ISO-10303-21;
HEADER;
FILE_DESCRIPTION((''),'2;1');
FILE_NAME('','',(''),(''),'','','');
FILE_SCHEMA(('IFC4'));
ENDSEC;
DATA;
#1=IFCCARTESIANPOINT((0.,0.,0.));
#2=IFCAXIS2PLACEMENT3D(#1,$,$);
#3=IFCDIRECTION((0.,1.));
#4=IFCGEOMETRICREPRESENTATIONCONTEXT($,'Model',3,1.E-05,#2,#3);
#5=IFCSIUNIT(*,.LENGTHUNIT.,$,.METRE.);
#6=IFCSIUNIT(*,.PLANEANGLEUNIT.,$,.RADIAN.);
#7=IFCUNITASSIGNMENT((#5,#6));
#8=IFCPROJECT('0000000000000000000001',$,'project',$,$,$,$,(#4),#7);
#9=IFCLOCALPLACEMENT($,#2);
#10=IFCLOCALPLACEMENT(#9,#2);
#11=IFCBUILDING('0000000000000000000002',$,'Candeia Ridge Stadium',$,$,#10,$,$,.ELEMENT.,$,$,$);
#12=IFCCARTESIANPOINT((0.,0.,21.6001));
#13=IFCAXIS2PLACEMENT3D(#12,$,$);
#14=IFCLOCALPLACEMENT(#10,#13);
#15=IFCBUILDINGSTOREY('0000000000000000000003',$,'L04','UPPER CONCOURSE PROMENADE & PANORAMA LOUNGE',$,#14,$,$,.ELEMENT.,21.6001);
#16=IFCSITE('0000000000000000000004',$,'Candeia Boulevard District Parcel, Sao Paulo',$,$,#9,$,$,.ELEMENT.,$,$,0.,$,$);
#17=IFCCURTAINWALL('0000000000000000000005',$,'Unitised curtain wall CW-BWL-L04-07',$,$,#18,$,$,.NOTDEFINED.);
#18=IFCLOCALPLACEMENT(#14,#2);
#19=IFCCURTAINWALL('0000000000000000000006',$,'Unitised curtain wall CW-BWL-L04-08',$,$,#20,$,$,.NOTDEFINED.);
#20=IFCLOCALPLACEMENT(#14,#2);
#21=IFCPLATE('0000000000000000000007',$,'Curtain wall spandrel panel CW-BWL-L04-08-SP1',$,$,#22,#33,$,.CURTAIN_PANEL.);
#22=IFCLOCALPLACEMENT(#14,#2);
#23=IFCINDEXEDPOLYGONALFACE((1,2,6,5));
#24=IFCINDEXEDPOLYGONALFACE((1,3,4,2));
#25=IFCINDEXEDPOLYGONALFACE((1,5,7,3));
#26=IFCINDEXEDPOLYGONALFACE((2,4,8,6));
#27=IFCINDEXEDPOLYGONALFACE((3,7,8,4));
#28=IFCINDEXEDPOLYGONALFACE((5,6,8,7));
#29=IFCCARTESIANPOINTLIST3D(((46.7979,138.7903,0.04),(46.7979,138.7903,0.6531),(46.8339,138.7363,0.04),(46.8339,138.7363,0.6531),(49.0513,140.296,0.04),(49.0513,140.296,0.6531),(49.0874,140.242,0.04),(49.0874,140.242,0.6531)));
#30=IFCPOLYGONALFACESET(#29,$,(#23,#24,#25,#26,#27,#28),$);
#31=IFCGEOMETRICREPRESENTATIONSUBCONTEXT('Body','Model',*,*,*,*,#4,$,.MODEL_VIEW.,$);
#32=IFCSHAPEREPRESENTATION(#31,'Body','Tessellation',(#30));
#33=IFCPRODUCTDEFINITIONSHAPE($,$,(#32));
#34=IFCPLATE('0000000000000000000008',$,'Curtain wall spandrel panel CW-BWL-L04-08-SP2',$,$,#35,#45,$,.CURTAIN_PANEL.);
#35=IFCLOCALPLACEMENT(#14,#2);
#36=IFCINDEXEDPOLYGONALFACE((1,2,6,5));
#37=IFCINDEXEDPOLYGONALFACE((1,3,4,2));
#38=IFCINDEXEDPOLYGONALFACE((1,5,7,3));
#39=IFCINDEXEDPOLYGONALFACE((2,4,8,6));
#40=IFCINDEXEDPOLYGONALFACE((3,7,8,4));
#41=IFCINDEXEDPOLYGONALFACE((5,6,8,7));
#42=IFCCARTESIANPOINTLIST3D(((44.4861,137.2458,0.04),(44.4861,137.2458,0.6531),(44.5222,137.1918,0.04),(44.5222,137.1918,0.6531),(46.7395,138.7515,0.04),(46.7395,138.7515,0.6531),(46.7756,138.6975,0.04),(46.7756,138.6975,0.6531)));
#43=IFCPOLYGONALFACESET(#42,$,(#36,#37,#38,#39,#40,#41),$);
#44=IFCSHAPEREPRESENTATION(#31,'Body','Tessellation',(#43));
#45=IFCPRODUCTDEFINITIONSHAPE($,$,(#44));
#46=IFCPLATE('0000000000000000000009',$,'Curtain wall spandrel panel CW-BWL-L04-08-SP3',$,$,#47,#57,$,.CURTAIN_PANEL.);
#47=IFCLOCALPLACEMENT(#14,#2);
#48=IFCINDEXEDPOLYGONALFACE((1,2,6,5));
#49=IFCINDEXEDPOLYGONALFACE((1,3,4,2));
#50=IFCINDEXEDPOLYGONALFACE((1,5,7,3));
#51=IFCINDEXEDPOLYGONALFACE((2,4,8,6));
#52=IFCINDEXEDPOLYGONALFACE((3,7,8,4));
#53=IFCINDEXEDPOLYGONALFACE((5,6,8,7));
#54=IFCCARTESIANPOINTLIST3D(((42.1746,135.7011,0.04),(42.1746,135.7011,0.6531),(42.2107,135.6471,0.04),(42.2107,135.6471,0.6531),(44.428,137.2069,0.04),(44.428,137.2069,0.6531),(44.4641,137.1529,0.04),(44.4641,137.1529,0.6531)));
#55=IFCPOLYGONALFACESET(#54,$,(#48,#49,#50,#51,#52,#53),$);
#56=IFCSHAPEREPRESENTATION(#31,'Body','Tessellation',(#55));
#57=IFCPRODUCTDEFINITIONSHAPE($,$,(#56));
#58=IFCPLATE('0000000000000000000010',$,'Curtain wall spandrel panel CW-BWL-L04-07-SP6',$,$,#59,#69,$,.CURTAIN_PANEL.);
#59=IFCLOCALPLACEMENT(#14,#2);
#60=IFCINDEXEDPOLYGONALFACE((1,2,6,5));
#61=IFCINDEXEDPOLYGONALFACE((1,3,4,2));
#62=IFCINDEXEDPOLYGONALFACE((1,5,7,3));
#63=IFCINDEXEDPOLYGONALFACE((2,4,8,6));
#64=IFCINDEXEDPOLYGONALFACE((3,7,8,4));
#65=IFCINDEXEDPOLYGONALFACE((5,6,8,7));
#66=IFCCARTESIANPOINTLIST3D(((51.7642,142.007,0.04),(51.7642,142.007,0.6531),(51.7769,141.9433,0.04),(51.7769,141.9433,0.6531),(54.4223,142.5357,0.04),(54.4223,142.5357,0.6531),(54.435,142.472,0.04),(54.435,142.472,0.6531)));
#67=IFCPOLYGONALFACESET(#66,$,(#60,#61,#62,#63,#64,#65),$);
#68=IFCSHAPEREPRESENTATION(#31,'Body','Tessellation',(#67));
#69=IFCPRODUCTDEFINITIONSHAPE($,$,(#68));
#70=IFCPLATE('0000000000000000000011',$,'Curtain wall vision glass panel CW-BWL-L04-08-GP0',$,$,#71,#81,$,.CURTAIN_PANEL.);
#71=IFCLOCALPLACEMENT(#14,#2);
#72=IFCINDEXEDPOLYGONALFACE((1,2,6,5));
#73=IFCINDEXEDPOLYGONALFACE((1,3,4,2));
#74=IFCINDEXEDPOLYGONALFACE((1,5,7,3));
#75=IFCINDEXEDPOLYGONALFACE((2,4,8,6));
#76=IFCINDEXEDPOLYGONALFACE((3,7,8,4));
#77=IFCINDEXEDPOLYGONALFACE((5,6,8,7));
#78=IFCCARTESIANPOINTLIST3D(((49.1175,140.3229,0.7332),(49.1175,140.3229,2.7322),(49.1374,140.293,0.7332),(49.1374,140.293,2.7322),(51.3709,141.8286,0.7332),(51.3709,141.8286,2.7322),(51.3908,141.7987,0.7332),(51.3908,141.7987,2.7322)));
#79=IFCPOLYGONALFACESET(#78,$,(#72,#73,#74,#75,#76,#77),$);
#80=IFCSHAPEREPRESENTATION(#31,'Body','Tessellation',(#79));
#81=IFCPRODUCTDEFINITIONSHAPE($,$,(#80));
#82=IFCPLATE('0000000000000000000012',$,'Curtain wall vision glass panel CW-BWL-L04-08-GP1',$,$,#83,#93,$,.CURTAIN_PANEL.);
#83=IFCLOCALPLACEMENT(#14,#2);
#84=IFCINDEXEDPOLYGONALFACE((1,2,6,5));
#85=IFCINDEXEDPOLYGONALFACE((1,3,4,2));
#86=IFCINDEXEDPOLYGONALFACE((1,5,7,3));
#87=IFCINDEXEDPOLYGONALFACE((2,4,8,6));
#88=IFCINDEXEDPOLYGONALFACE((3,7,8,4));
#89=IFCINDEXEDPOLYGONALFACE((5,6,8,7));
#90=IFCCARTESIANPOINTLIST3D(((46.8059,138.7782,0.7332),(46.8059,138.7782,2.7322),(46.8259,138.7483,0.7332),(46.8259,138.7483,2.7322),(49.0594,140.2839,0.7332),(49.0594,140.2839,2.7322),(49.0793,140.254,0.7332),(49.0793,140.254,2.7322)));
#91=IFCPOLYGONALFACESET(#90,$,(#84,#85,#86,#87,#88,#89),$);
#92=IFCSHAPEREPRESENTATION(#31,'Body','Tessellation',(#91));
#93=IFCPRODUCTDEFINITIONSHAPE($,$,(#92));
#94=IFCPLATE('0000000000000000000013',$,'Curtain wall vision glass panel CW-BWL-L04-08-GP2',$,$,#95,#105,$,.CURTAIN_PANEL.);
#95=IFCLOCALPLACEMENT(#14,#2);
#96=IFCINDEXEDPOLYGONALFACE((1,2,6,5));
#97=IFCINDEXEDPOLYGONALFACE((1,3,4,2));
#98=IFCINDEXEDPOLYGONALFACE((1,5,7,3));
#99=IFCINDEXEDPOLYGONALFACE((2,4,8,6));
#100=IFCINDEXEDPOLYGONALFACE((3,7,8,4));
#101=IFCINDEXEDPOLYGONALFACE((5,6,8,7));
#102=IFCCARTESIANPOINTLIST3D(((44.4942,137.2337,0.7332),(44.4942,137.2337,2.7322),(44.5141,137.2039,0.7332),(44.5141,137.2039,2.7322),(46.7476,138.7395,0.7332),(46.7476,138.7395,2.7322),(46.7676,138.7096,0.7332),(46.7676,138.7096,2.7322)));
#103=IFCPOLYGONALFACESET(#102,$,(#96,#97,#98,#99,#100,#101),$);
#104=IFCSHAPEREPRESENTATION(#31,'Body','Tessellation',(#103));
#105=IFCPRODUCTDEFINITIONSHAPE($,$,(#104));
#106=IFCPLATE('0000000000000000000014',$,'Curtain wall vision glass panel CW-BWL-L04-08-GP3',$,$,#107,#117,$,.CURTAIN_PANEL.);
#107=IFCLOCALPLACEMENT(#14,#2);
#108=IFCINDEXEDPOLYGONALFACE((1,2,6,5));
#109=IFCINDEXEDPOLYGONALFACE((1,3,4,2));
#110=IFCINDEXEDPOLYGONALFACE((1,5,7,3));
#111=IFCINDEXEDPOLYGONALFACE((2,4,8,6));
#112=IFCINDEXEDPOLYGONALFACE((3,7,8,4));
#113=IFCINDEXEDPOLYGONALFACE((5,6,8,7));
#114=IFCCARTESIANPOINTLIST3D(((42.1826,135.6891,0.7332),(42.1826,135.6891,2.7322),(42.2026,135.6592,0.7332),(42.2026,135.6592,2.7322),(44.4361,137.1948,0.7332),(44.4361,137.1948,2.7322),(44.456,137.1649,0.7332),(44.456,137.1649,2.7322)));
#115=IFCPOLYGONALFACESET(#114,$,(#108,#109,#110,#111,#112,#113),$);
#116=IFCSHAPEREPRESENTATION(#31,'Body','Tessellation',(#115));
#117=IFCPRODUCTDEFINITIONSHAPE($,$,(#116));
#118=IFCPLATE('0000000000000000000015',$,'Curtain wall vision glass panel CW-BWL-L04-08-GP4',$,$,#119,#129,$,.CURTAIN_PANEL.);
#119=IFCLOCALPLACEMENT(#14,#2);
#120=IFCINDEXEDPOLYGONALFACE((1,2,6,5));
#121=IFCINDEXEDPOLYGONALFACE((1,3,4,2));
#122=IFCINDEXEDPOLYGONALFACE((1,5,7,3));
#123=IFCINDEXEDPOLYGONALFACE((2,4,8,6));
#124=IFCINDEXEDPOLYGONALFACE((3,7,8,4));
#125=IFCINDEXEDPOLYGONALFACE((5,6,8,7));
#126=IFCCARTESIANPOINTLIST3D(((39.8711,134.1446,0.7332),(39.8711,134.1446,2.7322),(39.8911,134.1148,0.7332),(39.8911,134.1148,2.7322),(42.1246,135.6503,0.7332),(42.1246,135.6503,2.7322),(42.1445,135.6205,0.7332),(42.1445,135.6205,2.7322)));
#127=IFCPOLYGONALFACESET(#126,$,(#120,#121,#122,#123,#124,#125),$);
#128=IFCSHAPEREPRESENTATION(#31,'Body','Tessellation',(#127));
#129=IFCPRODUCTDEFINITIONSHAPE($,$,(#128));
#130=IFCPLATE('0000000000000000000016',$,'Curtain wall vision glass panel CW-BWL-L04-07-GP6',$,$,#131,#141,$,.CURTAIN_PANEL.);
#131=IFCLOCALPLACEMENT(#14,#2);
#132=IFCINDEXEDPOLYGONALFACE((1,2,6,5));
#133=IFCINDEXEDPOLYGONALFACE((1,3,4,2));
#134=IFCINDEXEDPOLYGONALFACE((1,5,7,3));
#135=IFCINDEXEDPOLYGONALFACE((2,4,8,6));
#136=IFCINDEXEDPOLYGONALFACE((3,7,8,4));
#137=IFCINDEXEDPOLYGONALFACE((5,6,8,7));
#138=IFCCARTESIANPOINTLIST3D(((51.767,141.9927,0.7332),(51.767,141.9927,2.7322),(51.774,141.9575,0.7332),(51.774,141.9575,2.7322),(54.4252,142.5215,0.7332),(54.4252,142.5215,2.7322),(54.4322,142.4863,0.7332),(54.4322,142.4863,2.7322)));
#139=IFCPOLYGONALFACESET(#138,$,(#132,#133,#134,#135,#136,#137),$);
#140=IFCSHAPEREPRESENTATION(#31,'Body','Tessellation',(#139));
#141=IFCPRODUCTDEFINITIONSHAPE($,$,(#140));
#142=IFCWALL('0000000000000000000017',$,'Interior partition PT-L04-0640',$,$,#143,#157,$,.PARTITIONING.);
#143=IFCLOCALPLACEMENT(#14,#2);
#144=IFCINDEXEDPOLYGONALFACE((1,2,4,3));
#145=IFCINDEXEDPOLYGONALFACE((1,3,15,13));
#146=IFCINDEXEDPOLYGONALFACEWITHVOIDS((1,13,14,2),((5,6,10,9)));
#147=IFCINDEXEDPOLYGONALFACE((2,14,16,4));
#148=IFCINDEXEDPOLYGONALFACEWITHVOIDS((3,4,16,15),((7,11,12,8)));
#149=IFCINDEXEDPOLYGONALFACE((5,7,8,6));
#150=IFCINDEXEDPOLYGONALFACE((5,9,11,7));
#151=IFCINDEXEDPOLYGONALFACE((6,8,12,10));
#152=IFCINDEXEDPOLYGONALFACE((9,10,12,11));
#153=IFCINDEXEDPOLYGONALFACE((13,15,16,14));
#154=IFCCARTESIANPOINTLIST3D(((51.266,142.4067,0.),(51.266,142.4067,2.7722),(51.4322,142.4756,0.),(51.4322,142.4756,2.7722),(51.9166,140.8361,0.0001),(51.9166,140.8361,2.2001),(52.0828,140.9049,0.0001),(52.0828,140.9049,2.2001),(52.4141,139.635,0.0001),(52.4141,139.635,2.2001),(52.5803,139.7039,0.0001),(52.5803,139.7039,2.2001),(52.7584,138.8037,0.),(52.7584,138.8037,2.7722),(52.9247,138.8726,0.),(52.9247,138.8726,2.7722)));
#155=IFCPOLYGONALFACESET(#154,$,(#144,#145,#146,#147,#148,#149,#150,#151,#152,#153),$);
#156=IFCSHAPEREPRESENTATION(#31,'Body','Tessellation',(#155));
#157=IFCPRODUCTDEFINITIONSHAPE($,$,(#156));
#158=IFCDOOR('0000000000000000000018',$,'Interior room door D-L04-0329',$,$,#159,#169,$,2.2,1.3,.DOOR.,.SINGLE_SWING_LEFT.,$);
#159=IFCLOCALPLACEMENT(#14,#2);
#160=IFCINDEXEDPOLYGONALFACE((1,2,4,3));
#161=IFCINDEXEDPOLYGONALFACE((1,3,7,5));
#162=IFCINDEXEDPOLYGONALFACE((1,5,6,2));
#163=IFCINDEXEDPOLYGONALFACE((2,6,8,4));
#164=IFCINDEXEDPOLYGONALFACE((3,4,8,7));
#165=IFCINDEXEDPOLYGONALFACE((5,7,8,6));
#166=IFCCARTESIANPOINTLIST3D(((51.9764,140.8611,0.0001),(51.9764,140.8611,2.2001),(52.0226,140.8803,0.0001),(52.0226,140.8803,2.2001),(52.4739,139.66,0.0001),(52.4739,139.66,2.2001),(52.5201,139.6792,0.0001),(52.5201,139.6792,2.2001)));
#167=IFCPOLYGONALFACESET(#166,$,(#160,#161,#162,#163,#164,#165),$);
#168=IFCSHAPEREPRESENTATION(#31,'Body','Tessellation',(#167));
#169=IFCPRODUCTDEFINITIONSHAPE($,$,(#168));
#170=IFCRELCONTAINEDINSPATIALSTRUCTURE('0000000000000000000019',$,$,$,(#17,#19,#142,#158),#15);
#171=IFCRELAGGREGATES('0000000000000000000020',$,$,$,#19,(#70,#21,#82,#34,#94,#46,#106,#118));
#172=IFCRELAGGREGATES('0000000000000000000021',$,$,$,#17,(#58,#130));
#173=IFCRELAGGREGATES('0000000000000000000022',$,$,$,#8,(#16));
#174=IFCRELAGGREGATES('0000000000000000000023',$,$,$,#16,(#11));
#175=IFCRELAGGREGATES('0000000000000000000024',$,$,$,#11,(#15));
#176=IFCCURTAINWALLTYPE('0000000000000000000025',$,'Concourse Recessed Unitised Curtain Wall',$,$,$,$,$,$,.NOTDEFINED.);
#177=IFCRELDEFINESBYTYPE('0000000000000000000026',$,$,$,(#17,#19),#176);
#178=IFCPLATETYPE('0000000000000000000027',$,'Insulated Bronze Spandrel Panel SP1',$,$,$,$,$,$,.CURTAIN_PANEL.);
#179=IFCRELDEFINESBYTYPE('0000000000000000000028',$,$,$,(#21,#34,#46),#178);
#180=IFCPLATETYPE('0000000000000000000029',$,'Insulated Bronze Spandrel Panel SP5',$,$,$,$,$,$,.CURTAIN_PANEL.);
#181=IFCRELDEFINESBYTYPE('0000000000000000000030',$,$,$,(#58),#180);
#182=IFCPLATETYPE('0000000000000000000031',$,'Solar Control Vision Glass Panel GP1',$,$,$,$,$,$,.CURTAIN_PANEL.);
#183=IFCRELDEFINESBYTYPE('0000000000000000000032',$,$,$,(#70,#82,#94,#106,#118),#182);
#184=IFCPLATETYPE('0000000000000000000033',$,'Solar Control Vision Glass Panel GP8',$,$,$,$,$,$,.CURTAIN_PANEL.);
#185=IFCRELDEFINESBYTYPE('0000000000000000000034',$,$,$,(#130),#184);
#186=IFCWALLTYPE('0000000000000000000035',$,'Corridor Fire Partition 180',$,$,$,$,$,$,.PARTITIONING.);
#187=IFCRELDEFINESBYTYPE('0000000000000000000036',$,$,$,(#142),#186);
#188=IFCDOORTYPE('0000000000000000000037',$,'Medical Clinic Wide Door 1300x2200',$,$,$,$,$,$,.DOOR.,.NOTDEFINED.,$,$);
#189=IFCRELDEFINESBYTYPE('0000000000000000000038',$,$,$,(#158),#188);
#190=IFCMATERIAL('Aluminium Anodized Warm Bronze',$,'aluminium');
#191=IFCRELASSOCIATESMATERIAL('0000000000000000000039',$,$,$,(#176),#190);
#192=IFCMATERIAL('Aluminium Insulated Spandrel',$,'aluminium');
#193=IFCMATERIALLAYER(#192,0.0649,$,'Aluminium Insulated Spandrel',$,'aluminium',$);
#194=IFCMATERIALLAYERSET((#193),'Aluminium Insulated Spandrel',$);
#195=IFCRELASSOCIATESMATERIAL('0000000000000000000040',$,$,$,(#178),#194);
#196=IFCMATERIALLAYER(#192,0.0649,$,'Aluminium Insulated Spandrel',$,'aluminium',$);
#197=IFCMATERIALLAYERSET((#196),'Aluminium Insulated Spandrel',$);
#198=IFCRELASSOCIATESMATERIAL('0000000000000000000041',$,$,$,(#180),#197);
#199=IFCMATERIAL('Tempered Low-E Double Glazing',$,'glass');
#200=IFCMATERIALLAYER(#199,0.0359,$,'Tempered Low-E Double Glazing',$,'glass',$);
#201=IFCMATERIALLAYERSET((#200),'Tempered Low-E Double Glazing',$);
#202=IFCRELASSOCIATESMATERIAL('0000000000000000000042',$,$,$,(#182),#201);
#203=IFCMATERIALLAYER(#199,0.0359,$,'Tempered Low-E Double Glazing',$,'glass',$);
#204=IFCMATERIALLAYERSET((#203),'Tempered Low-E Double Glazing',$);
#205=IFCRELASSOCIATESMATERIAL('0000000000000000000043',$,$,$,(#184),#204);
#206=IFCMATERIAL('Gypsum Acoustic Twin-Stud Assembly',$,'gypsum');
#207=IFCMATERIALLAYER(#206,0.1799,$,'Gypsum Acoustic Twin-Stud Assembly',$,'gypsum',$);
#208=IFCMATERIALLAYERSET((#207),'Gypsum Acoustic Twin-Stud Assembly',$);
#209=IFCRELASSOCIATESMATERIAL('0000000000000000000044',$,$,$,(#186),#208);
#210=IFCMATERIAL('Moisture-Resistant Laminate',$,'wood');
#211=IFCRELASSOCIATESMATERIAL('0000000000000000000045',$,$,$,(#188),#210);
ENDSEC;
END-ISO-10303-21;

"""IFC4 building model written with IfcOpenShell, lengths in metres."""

from ifc_helpers import new_model, si_unit, direction, frame, frame_2d, origin, origin_2d, place, context, subcontext, project, spatial, rectangle, extrude, material, layer, layer_set, type_object, element, fill, aggregate, save


model = new_model("IFC4")

# Units and contexts
model_context = context("Model", 3, precision=1e-05, world=origin(), true_north=direction((0.0, 1.0)))
body_context = subcontext(model_context, "Body", "Model", "MODEL_VIEW")
ifc_project = project(units=[si_unit("LENGTHUNIT", "METRE"), si_unit("PLANEANGLEUNIT", "RADIAN")], contexts=[model_context])

# Site, building, storey
site_placement = place(None, origin())
site = spatial("IfcSite", under=ifc_project, at=site_placement, Name="Candeia Boulevard District Parcel, Sao Paulo", CompositionType="ELEMENT", RefElevation=0.0)
building_placement = place(site_placement, origin())
building = spatial("IfcBuilding", under=site, at=building_placement, Name="Candeia Ridge Stadium", CompositionType="ELEMENT")
storey_placement = place(building_placement, frame((0.0, 0.0, 21.6001)))
storey = spatial("IfcBuildingStorey", under=building, at=storey_placement, Name="L04", Description="UPPER CONCOURSE PROMENADE & PANORAMA LOUNGE", CompositionType="ELEMENT", Elevation=21.6001)

# Curtain wall
ifc_material_1 = material(Name="Aluminium Anodized Warm Bronze", Category="aluminium")
curtain_wall_type = type_object("IfcCurtainWallType", Name="Concourse Recessed Unitised Curtain Wall", PredefinedType="NOTDEFINED", material=ifc_material_1)
curtain_wall_1_placement = place(storey_placement, origin())
curtain_wall_1 = element("IfcCurtainWall", 1, at=curtain_wall_1_placement, inside=storey, type_object=curtain_wall_type, Name="Unitised curtain wall CW-BWL-L04-07", PredefinedType="NOTDEFINED")

# Curtain wall
curtain_wall_2_placement = place(storey_placement, origin())
curtain_wall_2 = element("IfcCurtainWall", 2, at=curtain_wall_2_placement, inside=storey, type_object=curtain_wall_type, Name="Unitised curtain wall CW-BWL-L04-08", PredefinedType="NOTDEFINED")

# Plates
ifc_material_2 = material(Name="Aluminium Insulated Spandrel", Category="aluminium")
ifc_layer_1 = layer(ifc_material_2, 0.0649, Name="Aluminium Insulated Spandrel", Category="aluminium")
ifc_layer_set_1 = layer_set([ifc_layer_1], Name="Aluminium Insulated Spandrel")
plate_type_1 = type_object("IfcPlateType", Name="Insulated Bronze Spandrel Panel SP1", PredefinedType="CURTAIN_PANEL", material=ifc_layer_set_1)
plate_1_placement = place(storey_placement, frame((47.9426, 139.5161, 0.04), z_axis=(0.0, 0.0, 1.0), x_axis=(-0.831469, -0.555571, 0.0)))
plate_1 = element("IfcPlate", 3, at=plate_1_placement, type_object=plate_type_1, Name="Curtain wall spandrel panel CW-BWL-L04-08-SP1", PredefinedType="CURTAIN_PANEL", context=body_context, shape_type="SweptSolid", body=[
    extrude(rectangle(XDim=2.7102, YDim=0.0649, at=origin_2d()), origin(), (0.0, 0.0, 1.0), 0.613),
])
plate_2_placement = place(storey_placement, frame((45.6309, 137.9717, 0.04), z_axis=(0.0, 0.0, 1.0), x_axis=(-0.831469, -0.555571, 0.0)))
plate_2 = element("IfcPlate", 4, at=plate_2_placement, type_object=plate_type_1, Name="Curtain wall spandrel panel CW-BWL-L04-08-SP2", PredefinedType="CURTAIN_PANEL", context=body_context, shape_type="SweptSolid", body=[
    extrude(rectangle(XDim=2.7102, YDim=0.0649, at=origin_2d()), origin(), (0.0, 0.0, 1.0), 0.613),
])
plate_3_placement = place(storey_placement, frame((43.3193, 136.427, 0.04), z_axis=(0.0, 0.0, 1.0), x_axis=(-0.831469, -0.555571, 0.0)))
plate_3 = element("IfcPlate", 5, at=plate_3_placement, type_object=plate_type_1, Name="Curtain wall spandrel panel CW-BWL-L04-08-SP3", PredefinedType="CURTAIN_PANEL", context=body_context, shape_type="SweptSolid", body=[
    extrude(rectangle(XDim=2.7102, YDim=0.0649, at=origin_2d()), origin(), (0.0, 0.0, 1.0), 0.613),
])
ifc_layer_2 = layer(ifc_material_2, 0.0649, Name="Aluminium Insulated Spandrel", Category="aluminium")
ifc_layer_set_2 = layer_set([ifc_layer_2], Name="Aluminium Insulated Spandrel")
plate_type_2 = type_object("IfcPlateType", Name="Insulated Bronze Spandrel Panel SP5", PredefinedType="CURTAIN_PANEL", material=ifc_layer_set_2)
plate_4_placement = place(storey_placement, frame((53.0996, 142.2395, 0.04), z_axis=(0.0, 0.0, 1.0), x_axis=(-0.980785, -0.19509, 0.0)))
plate_4 = element("IfcPlate", 6, at=plate_4_placement, type_object=plate_type_2, Name="Curtain wall spandrel panel CW-BWL-L04-07-SP6", PredefinedType="CURTAIN_PANEL", context=body_context, shape_type="SweptSolid", body=[
    extrude(rectangle(XDim=2.7102, YDim=0.0649, at=origin_2d()), origin(), (0.0, 0.0, 1.0), 0.613),
])
ifc_material_3 = material(Name="Tempered Low-E Double Glazing", Category="glass")
ifc_layer_3 = layer(ifc_material_3, 0.0359, Name="Tempered Low-E Double Glazing", Category="glass")
ifc_layer_set_3 = layer_set([ifc_layer_3], Name="Tempered Low-E Double Glazing")
plate_type_3 = type_object("IfcPlateType", Name="Solar Control Vision Glass Panel GP1", PredefinedType="CURTAIN_PANEL", material=ifc_layer_set_3)
plate_5_placement = place(storey_placement, frame((50.2542, 141.0608, 0.7332), z_axis=(0.0, 0.0, 1.0), x_axis=(-0.831469, -0.555571, 0.0)))
plate_5 = element("IfcPlate", 7, at=plate_5_placement, type_object=plate_type_3, Name="Curtain wall vision glass panel CW-BWL-L04-08-GP0", PredefinedType="CURTAIN_PANEL", context=body_context, shape_type="SweptSolid", body=[
    extrude(rectangle(XDim=2.7102, YDim=0.0359, at=origin_2d()), origin(), (0.0, 0.0, 1.0), 1.999),
])
plate_6_placement = place(storey_placement, frame((47.9426, 139.5161, 0.7332), z_axis=(0.0, 0.0, 1.0), x_axis=(-0.831469, -0.555571, 0.0)))
plate_6 = element("IfcPlate", 8, at=plate_6_placement, type_object=plate_type_3, Name="Curtain wall vision glass panel CW-BWL-L04-08-GP1", PredefinedType="CURTAIN_PANEL", context=body_context, shape_type="SweptSolid", body=[
    extrude(rectangle(XDim=2.7102, YDim=0.0359, at=origin_2d()), origin(), (0.0, 0.0, 1.0), 1.999),
])
plate_7_placement = place(storey_placement, frame((45.6309, 137.9717, 0.7332), z_axis=(0.0, 0.0, 1.0), x_axis=(-0.831469, -0.555571, 0.0)))
plate_7 = element("IfcPlate", 9, at=plate_7_placement, type_object=plate_type_3, Name="Curtain wall vision glass panel CW-BWL-L04-08-GP2", PredefinedType="CURTAIN_PANEL", context=body_context, shape_type="SweptSolid", body=[
    extrude(rectangle(XDim=2.7102, YDim=0.0359, at=origin_2d()), origin(), (0.0, 0.0, 1.0), 1.999),
])
plate_8_placement = place(storey_placement, frame((43.3193, 136.427, 0.7332), z_axis=(0.0, 0.0, 1.0), x_axis=(-0.831469, -0.555571, 0.0)))
plate_8 = element("IfcPlate", 10, at=plate_8_placement, type_object=plate_type_3, Name="Curtain wall vision glass panel CW-BWL-L04-08-GP3", PredefinedType="CURTAIN_PANEL", context=body_context, shape_type="SweptSolid", body=[
    extrude(rectangle(XDim=2.7102, YDim=0.0359, at=origin_2d()), origin(), (0.0, 0.0, 1.0), 1.999),
])
plate_9_placement = place(storey_placement, frame((41.0078, 134.8826, 0.7332), z_axis=(0.0, 0.0, 1.0), x_axis=(-0.831469, -0.555571, 0.0)))
plate_9 = element("IfcPlate", 11, at=plate_9_placement, type_object=plate_type_3, Name="Curtain wall vision glass panel CW-BWL-L04-08-GP4", PredefinedType="CURTAIN_PANEL", context=body_context, shape_type="SweptSolid", body=[
    extrude(rectangle(XDim=2.7102, YDim=0.0359, at=origin_2d()), origin(), (0.0, 0.0, 1.0), 1.999),
])
aggregate(curtain_wall_2, [plate_5, plate_1, plate_6, plate_2, plate_7, plate_3, plate_8, plate_9])
ifc_layer_4 = layer(ifc_material_3, 0.0359, Name="Tempered Low-E Double Glazing", Category="glass")
ifc_layer_set_4 = layer_set([ifc_layer_4], Name="Tempered Low-E Double Glazing")
plate_type_4 = type_object("IfcPlateType", Name="Solar Control Vision Glass Panel GP8", PredefinedType="CURTAIN_PANEL", material=ifc_layer_set_4)
plate_10_placement = place(storey_placement, frame((53.0996, 142.2395, 0.7332), z_axis=(0.0, 0.0, 1.0), x_axis=(-0.980785, -0.19509, 0.0)))
plate_10 = element("IfcPlate", 12, at=plate_10_placement, type_object=plate_type_4, Name="Curtain wall vision glass panel CW-BWL-L04-07-GP6", PredefinedType="CURTAIN_PANEL", context=body_context, shape_type="SweptSolid", body=[
    extrude(rectangle(XDim=2.7102, YDim=0.0359, at=origin_2d()), origin(), (0.0, 0.0, 1.0), 1.999),
])
aggregate(curtain_wall_1, [plate_4, plate_10])

# Wall, opening, door
ifc_material_4 = material(Name="Gypsum Acoustic Twin-Stud Assembly", Category="gypsum")
ifc_layer_5 = layer(ifc_material_4, 0.1799, Name="Gypsum Acoustic Twin-Stud Assembly", Category="gypsum")
ifc_layer_set_5 = layer_set([ifc_layer_5], Name="Gypsum Acoustic Twin-Stud Assembly")
wall_type_1 = type_object("IfcWallType", Name="Corridor Fire Partition 180", PredefinedType="PARTITIONING", material=ifc_layer_set_5)
wall_1_placement = place(storey_placement, frame((52.8416, 138.8381, 0.0), z_axis=(0.0, 0.0, 1.0), x_axis=(-0.382685, 0.923879, 0.0)))
wall_1 = element("IfcWall", 13, at=wall_1_placement, inside=storey, type_object=wall_type_1, Name="Interior partition PT-L04-0640", PredefinedType="PARTITIONING", context=body_context, shape_type="SweptSolid", body=[
    extrude(rectangle(XDim=3.8999, YDim=0.1799, at=frame_2d((1.95, 0.0))), origin(), (0.0, 0.0, 1.0), 2.7722),
])
opening_1_placement = place(wall_1_placement, frame((0.8999, 0.0, 0.0)))
opening_1 = element("IfcOpeningElement", 14, at=opening_1_placement, cuts=wall_1, PredefinedType="OPENING", context=body_context, shape_type="SweptSolid", body=[
    extrude(rectangle(XDim=1.3, YDim=2.2, at=frame_2d((0.6499, 1.1001))), frame((0.0, 0.0999, 0.0), z_axis=(0.0, -1.0, 0.0), x_axis=(1.0, 0.0, 0.0)), (0.0, 0.0, 1.0), 0.2),
])
ifc_material_5 = material(Name="Moisture-Resistant Laminate", Category="wood")
door_type_1 = type_object("IfcDoorType", Name="Medical Clinic Wide Door 1300x2200", OperationType="NOTDEFINED", PredefinedType="DOOR", material=ifc_material_5)
door_1_placement = place(opening_1_placement, frame((1.3, 0.0, 0.0), z_axis=(0.0, 0.0, 1.0), x_axis=(-1.0, 0.0, 0.0)))
door_1 = element("IfcDoor", 15, at=door_1_placement, inside=storey, type_object=door_type_1, Name="Interior room door D-L04-0329", OperationType="SINGLE_SWING_LEFT", OverallHeight=2.2, OverallWidth=1.3, PredefinedType="DOOR", context=body_context, shape_type="SweptSolid", body=[
    extrude(rectangle(XDim=1.3, YDim=2.2, at=frame_2d((0.6499, 1.1001))), frame((0.0, 0.0249, 0.0), z_axis=(0.0, -1.0, 0.0), x_axis=(1.0, 0.0, 0.0)), (0.0, 0.0, 1.0), 0.05),
])
fill(opening_1, door_1)

save(model, "model.ifc")
